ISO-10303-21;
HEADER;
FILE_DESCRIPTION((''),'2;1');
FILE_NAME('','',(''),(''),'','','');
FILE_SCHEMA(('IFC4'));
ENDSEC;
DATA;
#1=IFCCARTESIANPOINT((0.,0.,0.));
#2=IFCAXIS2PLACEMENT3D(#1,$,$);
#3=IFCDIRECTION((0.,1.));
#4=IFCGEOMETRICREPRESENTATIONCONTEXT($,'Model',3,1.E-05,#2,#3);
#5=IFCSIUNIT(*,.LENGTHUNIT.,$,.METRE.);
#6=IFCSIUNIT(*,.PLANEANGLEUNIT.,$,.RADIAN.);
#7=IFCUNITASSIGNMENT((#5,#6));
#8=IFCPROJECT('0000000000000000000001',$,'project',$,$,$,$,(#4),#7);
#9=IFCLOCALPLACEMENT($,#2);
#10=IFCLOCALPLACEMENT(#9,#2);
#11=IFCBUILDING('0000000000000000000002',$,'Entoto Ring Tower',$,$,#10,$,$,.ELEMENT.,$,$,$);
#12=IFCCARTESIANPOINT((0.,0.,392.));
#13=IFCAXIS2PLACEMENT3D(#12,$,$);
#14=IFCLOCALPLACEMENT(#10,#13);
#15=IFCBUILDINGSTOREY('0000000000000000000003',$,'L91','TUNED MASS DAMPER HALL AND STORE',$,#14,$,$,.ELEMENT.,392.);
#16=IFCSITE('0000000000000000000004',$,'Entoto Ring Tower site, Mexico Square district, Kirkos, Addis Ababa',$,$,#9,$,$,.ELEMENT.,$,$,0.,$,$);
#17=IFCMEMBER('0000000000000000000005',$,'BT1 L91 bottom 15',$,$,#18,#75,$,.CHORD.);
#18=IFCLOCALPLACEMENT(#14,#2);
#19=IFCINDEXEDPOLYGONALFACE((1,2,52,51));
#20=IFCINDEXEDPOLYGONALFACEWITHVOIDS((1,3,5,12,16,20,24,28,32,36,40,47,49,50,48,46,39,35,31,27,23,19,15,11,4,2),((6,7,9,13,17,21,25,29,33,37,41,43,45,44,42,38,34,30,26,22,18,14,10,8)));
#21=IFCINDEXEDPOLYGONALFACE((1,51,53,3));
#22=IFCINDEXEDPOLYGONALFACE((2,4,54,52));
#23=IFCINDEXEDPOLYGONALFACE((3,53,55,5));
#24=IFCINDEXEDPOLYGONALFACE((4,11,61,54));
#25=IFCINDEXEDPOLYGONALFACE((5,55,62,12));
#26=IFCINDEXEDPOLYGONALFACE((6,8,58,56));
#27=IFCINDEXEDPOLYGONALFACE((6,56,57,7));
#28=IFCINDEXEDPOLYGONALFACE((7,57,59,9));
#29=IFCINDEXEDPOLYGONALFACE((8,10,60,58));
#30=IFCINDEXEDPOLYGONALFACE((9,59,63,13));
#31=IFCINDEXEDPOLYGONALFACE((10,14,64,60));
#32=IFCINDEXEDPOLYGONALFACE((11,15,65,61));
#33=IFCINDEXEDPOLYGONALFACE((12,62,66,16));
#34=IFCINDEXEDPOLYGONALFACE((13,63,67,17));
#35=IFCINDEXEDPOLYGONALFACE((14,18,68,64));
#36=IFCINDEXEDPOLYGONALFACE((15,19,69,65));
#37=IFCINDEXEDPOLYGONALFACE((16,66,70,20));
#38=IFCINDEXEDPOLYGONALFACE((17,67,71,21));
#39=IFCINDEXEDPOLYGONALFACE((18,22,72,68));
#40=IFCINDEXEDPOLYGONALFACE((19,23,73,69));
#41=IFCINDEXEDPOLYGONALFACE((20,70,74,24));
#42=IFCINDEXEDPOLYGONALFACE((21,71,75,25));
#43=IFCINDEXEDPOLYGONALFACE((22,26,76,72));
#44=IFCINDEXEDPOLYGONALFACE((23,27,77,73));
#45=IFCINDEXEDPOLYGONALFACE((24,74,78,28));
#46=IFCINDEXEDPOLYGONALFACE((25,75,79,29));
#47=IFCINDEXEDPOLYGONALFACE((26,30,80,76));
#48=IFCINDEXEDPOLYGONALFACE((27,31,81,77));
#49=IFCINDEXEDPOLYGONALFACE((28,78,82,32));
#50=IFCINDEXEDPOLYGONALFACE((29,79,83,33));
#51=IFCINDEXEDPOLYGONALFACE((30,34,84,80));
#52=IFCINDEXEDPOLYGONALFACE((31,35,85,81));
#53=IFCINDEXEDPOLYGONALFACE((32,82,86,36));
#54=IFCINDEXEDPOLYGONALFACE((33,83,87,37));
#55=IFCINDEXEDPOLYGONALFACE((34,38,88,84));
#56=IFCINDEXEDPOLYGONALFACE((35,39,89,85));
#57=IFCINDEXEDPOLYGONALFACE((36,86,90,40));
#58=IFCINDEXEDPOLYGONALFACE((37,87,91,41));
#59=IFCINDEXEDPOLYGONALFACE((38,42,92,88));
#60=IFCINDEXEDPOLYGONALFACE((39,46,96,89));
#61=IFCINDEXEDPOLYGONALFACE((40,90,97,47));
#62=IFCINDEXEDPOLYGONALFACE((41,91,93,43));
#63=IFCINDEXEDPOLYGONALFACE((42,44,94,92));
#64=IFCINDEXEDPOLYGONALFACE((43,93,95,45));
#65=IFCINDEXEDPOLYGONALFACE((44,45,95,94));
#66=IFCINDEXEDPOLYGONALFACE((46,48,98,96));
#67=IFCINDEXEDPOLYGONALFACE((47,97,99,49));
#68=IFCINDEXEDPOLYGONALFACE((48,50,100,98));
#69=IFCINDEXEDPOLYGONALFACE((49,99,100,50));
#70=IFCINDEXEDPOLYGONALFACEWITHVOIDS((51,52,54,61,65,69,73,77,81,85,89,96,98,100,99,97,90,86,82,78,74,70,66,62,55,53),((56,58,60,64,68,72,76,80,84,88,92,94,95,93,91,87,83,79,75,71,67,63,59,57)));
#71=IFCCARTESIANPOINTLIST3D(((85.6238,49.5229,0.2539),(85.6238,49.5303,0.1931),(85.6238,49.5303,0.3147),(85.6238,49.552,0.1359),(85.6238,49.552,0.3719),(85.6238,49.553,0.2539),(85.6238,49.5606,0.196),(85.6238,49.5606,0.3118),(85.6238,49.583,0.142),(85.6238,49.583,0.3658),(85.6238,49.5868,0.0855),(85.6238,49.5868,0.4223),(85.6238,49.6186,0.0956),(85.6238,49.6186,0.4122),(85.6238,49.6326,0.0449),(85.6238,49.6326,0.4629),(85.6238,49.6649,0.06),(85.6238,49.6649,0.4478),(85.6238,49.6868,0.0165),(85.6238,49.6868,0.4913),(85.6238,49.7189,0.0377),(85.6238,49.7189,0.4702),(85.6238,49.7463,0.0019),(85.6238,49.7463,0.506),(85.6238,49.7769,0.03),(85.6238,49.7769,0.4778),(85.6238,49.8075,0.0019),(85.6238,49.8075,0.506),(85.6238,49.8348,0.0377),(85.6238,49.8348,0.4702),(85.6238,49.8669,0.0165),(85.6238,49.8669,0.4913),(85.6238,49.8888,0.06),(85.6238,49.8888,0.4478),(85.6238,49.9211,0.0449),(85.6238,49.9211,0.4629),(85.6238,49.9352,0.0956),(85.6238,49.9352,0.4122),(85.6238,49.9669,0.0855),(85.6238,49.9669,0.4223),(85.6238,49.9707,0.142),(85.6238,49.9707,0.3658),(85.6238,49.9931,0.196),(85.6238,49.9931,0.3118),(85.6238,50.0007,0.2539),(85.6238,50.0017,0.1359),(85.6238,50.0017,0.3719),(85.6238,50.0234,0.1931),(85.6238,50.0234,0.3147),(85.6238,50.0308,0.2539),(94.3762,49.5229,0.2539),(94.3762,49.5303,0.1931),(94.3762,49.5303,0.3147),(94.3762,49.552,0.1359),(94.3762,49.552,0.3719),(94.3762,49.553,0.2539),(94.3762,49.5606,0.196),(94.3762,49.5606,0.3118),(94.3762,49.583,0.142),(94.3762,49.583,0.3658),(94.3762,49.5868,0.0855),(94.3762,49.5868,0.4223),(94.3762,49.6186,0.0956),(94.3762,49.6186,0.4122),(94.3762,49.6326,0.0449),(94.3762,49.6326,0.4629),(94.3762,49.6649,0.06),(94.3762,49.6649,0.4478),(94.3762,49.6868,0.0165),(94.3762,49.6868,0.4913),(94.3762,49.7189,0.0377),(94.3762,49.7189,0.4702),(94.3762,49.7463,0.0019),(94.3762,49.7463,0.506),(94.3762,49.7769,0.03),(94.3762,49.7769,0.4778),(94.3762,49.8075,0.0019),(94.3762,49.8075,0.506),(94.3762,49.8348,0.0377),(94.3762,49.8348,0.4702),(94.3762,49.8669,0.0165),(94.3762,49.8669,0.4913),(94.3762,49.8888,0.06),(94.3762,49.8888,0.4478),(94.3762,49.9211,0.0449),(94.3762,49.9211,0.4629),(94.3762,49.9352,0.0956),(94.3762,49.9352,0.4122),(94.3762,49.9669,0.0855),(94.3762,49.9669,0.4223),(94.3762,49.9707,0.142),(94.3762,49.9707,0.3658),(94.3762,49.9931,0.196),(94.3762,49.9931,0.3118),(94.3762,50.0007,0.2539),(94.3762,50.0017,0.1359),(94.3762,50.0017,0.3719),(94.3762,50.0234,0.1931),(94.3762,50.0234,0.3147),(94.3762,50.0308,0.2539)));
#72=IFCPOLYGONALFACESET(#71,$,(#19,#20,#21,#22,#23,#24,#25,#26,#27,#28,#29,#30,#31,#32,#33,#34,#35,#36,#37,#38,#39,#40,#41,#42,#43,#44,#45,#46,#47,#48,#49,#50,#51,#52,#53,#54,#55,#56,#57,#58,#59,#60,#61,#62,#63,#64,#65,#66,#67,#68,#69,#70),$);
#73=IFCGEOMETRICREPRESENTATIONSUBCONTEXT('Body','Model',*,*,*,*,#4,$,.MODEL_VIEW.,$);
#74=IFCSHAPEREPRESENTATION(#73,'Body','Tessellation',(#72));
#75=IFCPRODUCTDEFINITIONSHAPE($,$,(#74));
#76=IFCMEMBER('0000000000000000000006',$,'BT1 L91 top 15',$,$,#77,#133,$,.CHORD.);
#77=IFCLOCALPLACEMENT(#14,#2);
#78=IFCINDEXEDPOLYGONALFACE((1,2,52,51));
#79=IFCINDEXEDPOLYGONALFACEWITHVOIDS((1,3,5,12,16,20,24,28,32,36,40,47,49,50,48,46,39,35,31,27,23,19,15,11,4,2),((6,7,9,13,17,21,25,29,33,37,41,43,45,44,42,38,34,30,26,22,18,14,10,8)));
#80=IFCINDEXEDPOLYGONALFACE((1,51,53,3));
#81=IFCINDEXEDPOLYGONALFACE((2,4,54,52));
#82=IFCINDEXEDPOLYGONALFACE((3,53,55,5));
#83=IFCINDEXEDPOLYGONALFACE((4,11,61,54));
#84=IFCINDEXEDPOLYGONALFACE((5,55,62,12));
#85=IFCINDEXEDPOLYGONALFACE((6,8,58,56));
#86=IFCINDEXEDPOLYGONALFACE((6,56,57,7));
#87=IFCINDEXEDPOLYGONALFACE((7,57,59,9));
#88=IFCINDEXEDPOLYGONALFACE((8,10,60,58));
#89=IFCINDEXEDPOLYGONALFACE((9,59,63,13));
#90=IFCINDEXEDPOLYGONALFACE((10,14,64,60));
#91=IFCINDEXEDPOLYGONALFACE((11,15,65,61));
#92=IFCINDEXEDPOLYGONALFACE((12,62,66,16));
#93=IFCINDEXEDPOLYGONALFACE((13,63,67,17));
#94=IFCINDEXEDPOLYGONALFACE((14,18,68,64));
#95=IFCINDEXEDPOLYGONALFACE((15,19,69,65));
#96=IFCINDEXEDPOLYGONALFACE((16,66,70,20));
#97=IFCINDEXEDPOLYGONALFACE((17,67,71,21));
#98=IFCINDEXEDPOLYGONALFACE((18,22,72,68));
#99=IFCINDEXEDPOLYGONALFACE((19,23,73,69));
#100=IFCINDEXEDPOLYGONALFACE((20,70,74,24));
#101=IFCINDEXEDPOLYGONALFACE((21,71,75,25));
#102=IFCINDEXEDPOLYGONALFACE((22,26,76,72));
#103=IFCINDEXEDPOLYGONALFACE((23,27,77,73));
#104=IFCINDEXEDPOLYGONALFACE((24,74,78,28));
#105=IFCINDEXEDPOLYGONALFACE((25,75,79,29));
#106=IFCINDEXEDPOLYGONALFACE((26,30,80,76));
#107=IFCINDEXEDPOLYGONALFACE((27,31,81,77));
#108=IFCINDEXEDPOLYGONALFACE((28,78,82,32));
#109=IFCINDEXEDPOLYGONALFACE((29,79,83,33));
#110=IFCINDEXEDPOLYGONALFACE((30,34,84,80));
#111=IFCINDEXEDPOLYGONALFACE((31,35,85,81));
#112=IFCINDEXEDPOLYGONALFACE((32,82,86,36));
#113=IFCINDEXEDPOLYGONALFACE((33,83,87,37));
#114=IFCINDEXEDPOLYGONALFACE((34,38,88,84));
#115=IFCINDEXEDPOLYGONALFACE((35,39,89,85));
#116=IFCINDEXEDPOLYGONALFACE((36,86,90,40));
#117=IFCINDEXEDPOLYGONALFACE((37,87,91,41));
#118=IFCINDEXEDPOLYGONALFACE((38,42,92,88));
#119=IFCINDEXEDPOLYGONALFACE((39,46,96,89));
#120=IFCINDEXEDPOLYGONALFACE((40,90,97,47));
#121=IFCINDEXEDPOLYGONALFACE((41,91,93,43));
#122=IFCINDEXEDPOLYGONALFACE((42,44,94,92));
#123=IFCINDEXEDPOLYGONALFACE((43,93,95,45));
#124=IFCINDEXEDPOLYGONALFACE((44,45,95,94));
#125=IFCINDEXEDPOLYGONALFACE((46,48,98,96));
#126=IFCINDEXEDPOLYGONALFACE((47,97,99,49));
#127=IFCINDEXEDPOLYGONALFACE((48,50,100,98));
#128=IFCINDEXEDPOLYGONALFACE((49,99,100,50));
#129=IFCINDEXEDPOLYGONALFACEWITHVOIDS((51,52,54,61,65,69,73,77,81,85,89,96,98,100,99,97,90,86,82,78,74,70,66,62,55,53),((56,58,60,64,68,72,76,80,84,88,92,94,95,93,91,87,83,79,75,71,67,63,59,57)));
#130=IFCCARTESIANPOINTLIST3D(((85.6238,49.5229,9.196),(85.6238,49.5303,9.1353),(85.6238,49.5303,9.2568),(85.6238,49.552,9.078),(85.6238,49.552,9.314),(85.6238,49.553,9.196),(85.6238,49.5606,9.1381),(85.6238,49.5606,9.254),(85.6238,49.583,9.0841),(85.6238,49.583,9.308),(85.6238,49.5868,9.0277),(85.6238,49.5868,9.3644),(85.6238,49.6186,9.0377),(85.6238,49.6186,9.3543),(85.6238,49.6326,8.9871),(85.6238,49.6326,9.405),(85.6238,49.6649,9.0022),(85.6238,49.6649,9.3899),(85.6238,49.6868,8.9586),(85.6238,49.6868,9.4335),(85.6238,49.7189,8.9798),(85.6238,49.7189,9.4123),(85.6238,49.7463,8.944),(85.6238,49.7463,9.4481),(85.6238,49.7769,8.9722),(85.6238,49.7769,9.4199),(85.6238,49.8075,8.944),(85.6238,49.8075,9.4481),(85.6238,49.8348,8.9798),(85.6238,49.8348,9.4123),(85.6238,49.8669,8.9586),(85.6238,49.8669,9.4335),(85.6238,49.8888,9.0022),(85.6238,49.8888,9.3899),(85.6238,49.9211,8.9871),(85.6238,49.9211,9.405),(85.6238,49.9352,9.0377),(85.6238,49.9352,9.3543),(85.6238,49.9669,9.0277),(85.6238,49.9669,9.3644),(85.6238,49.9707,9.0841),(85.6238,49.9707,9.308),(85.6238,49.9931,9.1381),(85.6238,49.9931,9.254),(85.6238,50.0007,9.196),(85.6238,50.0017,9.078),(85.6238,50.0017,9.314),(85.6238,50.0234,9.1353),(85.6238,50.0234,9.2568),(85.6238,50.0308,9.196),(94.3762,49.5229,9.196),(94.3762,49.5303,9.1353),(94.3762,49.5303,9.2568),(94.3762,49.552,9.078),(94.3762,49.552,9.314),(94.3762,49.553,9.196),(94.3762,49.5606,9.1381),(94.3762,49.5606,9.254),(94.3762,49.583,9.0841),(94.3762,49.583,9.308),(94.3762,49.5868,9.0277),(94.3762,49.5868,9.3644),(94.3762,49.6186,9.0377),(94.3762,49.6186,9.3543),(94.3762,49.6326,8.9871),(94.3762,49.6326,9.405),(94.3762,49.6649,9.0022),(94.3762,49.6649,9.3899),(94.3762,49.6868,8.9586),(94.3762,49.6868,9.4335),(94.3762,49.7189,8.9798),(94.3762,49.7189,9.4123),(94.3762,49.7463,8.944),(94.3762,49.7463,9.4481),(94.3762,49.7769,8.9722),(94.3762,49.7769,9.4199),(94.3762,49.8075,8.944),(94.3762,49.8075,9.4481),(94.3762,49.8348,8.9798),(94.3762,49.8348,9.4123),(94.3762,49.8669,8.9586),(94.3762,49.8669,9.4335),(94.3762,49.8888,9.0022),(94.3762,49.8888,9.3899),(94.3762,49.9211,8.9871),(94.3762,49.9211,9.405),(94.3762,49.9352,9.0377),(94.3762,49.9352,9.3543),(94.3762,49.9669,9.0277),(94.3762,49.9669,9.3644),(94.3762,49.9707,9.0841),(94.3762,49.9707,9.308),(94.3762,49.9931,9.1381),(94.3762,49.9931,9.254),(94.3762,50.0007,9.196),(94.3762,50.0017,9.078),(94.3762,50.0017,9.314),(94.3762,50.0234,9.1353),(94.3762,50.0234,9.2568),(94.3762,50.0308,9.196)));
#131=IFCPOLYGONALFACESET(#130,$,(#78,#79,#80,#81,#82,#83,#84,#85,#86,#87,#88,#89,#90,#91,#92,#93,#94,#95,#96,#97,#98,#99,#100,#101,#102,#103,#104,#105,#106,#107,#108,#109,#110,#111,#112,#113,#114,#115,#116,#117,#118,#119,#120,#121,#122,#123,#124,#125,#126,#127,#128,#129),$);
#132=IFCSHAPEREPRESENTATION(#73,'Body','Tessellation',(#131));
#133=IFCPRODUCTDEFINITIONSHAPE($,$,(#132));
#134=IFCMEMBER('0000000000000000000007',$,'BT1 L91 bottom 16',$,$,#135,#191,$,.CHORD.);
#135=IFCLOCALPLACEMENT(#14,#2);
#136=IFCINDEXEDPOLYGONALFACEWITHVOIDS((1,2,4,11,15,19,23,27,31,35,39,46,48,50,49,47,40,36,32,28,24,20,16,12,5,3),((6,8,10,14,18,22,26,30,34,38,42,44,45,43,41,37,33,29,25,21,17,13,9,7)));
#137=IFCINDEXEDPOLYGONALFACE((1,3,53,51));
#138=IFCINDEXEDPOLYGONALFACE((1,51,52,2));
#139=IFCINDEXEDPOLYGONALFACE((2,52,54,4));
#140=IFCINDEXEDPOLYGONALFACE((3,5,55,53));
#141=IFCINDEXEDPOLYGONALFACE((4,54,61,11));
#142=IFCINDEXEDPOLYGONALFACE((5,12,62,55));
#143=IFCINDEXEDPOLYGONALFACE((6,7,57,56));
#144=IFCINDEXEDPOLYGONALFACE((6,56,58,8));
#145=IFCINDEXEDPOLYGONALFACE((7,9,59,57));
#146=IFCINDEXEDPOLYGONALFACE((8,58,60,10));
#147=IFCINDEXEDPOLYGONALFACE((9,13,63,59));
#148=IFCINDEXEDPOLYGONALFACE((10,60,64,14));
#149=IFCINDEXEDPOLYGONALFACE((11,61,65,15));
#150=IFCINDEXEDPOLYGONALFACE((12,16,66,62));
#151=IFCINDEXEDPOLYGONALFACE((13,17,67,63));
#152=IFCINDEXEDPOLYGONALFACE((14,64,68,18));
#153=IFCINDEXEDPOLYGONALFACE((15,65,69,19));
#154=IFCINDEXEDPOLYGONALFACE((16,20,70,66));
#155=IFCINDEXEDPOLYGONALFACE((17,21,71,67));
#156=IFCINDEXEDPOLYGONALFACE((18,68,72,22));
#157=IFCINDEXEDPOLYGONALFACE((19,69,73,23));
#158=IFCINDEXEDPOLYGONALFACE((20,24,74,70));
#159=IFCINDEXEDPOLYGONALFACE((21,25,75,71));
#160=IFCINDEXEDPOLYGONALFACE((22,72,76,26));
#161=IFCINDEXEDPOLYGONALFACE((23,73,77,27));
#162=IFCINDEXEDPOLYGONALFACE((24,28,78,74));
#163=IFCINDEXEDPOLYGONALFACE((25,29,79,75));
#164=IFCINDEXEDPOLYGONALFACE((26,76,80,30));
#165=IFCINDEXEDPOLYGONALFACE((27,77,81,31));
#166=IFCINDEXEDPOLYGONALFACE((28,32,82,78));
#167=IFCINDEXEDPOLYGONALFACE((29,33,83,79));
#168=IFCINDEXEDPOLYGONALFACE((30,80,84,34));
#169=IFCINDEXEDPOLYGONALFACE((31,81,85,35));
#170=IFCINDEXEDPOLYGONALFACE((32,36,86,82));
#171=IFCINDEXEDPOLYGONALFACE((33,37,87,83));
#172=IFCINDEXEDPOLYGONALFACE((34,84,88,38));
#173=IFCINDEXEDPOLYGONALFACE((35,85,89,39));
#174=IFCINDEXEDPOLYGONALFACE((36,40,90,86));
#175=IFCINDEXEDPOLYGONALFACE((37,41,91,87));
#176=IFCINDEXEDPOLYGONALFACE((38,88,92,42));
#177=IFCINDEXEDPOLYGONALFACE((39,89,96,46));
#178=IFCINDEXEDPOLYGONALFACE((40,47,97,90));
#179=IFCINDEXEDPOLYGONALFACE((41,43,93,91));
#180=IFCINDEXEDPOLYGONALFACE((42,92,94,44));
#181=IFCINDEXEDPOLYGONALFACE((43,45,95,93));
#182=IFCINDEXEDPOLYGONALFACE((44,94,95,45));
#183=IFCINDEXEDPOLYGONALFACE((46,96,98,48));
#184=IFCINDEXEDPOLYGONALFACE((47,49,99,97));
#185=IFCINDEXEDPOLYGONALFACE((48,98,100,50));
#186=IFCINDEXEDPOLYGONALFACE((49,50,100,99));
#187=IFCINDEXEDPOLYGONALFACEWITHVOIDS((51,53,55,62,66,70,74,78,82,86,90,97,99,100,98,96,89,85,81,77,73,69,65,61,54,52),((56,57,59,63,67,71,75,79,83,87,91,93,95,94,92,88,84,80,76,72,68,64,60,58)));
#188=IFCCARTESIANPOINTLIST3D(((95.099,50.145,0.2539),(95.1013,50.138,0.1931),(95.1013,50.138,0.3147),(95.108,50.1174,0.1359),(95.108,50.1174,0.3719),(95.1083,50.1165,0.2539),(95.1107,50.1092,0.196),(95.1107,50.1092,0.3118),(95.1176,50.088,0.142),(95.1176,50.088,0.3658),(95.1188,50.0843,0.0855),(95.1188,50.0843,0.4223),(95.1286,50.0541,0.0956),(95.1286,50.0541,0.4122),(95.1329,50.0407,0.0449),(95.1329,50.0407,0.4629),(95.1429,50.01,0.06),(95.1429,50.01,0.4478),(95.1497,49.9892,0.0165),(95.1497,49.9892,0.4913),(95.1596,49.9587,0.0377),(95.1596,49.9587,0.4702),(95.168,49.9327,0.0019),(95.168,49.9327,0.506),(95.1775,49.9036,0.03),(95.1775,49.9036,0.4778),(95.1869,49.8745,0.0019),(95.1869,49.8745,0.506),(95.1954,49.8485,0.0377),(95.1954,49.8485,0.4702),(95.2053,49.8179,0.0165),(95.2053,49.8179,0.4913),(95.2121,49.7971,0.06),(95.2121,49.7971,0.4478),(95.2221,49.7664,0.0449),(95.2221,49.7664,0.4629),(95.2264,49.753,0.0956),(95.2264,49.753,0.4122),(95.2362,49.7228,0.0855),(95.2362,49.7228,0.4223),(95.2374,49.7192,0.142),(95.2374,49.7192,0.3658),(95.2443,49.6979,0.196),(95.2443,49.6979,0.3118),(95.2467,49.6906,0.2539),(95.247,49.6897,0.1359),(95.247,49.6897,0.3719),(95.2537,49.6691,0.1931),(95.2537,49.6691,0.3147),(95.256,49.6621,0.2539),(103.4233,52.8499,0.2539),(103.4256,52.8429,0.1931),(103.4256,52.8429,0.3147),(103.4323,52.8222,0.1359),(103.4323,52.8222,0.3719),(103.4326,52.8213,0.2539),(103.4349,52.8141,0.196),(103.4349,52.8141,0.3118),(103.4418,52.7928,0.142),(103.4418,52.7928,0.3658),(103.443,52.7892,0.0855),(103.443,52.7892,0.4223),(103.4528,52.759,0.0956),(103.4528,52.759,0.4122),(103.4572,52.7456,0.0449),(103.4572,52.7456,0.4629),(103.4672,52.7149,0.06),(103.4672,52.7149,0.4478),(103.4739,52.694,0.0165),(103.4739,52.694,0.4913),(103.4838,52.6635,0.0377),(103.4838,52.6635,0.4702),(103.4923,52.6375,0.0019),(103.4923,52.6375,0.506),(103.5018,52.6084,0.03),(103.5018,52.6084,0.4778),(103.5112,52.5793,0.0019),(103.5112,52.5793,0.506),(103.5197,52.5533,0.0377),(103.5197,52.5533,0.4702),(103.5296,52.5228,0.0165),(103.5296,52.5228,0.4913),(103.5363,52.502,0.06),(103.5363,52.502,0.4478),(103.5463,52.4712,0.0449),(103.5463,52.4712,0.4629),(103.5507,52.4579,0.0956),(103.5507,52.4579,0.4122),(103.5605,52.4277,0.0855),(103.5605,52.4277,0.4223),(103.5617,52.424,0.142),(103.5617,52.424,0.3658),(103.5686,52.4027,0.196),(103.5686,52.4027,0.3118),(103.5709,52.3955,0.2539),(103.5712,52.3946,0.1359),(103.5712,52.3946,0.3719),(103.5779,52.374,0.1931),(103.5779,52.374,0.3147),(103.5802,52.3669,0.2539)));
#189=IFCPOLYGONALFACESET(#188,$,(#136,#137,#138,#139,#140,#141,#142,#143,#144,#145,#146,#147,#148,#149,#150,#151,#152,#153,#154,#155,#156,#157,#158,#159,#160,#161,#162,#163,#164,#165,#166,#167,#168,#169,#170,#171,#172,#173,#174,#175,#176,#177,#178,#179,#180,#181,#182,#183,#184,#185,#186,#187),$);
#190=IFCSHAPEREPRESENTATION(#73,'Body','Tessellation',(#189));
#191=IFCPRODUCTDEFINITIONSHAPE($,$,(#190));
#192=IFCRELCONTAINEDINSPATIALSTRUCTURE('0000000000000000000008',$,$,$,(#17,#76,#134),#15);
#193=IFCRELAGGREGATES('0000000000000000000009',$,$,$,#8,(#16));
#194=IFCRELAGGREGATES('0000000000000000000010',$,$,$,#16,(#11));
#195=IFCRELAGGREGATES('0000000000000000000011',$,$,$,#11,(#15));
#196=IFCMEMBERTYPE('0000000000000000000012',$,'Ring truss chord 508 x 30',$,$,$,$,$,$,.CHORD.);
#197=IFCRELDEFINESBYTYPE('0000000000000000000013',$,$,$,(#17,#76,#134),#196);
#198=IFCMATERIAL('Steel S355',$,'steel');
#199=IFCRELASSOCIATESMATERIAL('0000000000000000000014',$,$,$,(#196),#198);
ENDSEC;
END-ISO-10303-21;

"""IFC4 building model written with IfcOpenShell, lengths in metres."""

from ifc_helpers import new_model, si_unit, direction, frame, origin, origin_2d, place, context, subcontext, project, spatial, circle, hollow_circle, extrude, material, material_profile, profile_set, type_object, element, save


model = new_model("IFC4")

# Units and contexts
model_context = context("Model", 3, precision=1e-05, world=origin(), true_north=direction((0.0, 1.0)))
body_context = subcontext(model_context, "Body", "Model", "MODEL_VIEW")
ifc_project = project(units=[si_unit("LENGTHUNIT", "METRE"), si_unit("PLANEANGLEUNIT", "RADIAN")], contexts=[model_context])

# Site, building, storey
site_placement = place(None, origin())
site = spatial("IfcSite", under=ifc_project, at=site_placement, Name="Entoto Ring Tower site, Mexico Square district, Kirkos, Addis Ababa", CompositionType="ELEMENT", RefElevation=0.0)
building_placement = place(site_placement, origin())
building = spatial("IfcBuilding", under=site, at=building_placement, Name="Entoto Ring Tower", CompositionType="ELEMENT")
storey_placement = place(building_placement, frame((0.0, 0.0, 392.0)))
storey = spatial("IfcBuildingStorey", under=building, at=storey_placement, Name="L91", Description="TUNED MASS DAMPER HALL AND STORE", CompositionType="ELEMENT", Elevation=392.0)

# Members
ifc_material_1 = material(Name="Steel S355", Category="steel")
ifc_material_profile_1 = material_profile(ifc_material_1, hollow_circle(Radius=0.2539, WallThickness=0.03, at=origin_2d()), Name="CHS 508 x 30")
ifc_material_2 = material(Name="Concrete C60/75", Category="concrete")
ifc_material_profile_2 = material_profile(ifc_material_2, circle(Radius=0.2241, at=origin_2d()), Name="Concrete C60/75 infill")
ifc_profile_set_1 = profile_set([ifc_material_profile_1, ifc_material_profile_2], Name="Steel S355")
member_type_1 = type_object("IfcMemberType", Name="Ring truss chord 508 x 30", PredefinedType="CHORD", material=ifc_profile_set_1)
for number, where, z_axis, x_axis, name in (
    (1, (85.6238, 49.7769, 0.2539), (1.0, 0.0, 0.0), (0.0, 1.0, 0.0), "BT1 L91 bottom 15"),
    (2, (85.6238, 49.7769, 9.196), (1.0, 0.0, 0.0), (0.0, 1.0, 0.0), "BT1 L91 top 15"),
):
    element("IfcMember", number, at=place(storey_placement, frame(where, z_axis=z_axis, x_axis=x_axis)), inside=storey, type_object=member_type_1, Name=name, PredefinedType="CHORD", context=body_context, shape_type="SweptSolid", body=[
        extrude(hollow_circle(Radius=0.2539, WallThickness=0.03, at=origin_2d()), origin(), (0.0, 0.0, 1.0), 8.7524),
    ])
for number, where, z_axis, x_axis, name in (
    (3, (95.1775, 49.9036, 0.2539), (0.951052, 0.309031, 0.0), (-0.309031, 0.951052, 0.0), "BT1 L91 bottom 16"),
):
    element("IfcMember", number, at=place(storey_placement, frame(where, z_axis=z_axis, x_axis=x_axis)), inside=storey, type_object=member_type_1, Name=name, PredefinedType="CHORD", context=body_context, shape_type="SweptSolid", body=[
        extrude(hollow_circle(Radius=0.2539, WallThickness=0.03, at=origin_2d()), origin(), (0.0, 0.0, 1.0), 8.7527),
    ])

save(model, "model.ifc")
